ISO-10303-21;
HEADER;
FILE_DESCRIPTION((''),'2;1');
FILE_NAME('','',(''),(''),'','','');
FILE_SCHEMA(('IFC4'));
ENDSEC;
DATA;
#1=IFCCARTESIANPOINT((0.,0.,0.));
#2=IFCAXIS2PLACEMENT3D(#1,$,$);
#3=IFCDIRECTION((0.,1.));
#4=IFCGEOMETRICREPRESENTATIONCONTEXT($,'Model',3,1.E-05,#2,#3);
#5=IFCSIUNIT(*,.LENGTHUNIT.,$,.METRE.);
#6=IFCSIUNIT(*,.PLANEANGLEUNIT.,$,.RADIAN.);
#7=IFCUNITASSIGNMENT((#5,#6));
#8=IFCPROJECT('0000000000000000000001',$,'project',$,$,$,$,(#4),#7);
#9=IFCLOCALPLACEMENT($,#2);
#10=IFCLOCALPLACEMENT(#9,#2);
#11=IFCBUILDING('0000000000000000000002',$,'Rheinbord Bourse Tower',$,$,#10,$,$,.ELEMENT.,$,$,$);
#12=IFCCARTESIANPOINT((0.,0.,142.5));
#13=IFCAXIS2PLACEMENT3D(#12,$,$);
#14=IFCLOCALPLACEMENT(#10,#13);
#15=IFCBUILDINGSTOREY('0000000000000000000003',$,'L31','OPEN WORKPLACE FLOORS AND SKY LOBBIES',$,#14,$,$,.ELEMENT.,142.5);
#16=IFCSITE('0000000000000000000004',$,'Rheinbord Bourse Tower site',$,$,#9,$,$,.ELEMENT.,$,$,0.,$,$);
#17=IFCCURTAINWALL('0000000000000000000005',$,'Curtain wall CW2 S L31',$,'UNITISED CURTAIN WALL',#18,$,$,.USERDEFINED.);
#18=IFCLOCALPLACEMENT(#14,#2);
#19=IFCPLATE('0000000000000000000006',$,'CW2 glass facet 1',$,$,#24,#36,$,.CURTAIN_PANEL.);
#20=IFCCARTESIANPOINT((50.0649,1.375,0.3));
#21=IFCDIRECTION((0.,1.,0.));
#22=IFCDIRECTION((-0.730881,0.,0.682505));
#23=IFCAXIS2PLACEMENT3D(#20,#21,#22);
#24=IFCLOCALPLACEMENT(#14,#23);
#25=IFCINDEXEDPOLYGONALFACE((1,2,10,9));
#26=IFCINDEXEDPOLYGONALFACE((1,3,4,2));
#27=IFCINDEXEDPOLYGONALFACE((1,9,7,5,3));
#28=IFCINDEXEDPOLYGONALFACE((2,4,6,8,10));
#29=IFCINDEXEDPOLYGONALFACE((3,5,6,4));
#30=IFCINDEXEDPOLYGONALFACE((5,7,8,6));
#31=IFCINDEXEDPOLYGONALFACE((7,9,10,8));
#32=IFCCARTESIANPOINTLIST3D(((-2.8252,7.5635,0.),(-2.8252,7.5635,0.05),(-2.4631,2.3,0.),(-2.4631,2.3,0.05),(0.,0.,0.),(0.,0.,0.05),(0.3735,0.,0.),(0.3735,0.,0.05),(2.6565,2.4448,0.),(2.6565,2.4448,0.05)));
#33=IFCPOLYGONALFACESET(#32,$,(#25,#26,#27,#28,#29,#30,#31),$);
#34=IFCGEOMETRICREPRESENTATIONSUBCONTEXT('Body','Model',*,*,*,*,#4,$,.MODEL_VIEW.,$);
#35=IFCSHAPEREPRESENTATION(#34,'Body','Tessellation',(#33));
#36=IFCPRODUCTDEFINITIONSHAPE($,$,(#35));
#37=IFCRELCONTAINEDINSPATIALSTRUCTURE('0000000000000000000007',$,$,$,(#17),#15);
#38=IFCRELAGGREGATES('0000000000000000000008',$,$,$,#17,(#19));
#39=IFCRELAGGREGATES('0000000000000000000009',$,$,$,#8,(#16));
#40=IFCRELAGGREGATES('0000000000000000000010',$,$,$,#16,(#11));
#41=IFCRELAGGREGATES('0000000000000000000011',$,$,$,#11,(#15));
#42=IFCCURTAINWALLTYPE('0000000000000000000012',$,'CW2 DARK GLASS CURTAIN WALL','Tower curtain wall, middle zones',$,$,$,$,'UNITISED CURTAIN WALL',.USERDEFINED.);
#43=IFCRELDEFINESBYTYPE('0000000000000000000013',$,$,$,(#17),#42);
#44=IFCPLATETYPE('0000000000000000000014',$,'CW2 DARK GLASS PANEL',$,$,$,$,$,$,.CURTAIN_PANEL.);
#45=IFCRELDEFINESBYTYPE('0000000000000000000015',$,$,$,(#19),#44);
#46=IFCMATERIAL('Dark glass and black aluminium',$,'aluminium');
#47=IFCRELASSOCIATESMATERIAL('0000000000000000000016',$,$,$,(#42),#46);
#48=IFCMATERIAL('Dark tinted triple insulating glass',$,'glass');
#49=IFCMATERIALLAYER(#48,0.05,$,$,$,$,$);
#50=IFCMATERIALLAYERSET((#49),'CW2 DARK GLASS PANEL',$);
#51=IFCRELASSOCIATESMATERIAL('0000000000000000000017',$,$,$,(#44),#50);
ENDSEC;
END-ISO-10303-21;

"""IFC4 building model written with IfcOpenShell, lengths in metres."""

from ifc_helpers import new_model, si_unit, direction, frame, origin, place, context, subcontext, project, spatial, polyline, outline, extrude, material, layer, layer_set, type_object, element, aggregate, save


model = new_model("IFC4")

# Units and contexts
model_context = context("Model", 3, precision=1e-05, world=origin(), true_north=direction((0.0, 1.0)))
body_context = subcontext(model_context, "Body", "Model", "MODEL_VIEW")
ifc_project = project(units=[si_unit("LENGTHUNIT", "METRE"), si_unit("PLANEANGLEUNIT", "RADIAN")], contexts=[model_context])

# Site, building, storey
site_placement = place(None, origin())
site = spatial("IfcSite", under=ifc_project, at=site_placement, Name="Rheinbord Bourse Tower site", CompositionType="ELEMENT", RefElevation=0.0)
building_placement = place(site_placement, origin())
building = spatial("IfcBuilding", under=site, at=building_placement, Name="Rheinbord Bourse Tower", CompositionType="ELEMENT")
storey_placement = place(building_placement, frame((0.0, 0.0, 142.5)))
storey = spatial("IfcBuildingStorey", under=building, at=storey_placement, Name="L31", Description="OPEN WORKPLACE FLOORS AND SKY LOBBIES", CompositionType="ELEMENT", Elevation=142.5)

# Curtain wall
ifc_material_1 = material(Name="Dark glass and black aluminium", Category="aluminium")
curtain_wall_type = type_object("IfcCurtainWallType", Name="CW2 DARK GLASS CURTAIN WALL", Description="Tower curtain wall, middle zones", ElementType="UNITISED CURTAIN WALL", PredefinedType="USERDEFINED", material=ifc_material_1)
curtain_wall_placement = place(storey_placement, origin())
curtain_wall = element("IfcCurtainWall", 1, at=curtain_wall_placement, inside=storey, type_object=curtain_wall_type, Name="Curtain wall CW2 S L31", ObjectType="UNITISED CURTAIN WALL", PredefinedType="USERDEFINED")

# Plate
ifc_material_2 = material(Name="Dark tinted triple insulating glass", Category="glass")
ifc_layer_1 = layer(ifc_material_2, 0.05)
ifc_layer_set_1 = layer_set([ifc_layer_1], Name="CW2 DARK GLASS PANEL")
plate_type = type_object("IfcPlateType", Name="CW2 DARK GLASS PANEL", PredefinedType="CURTAIN_PANEL", material=ifc_layer_set_1)
plate_1_placement = place(storey_placement, frame((50.0649, 1.375, 0.3), z_axis=(0.0, 1.0, 0.0), x_axis=(-0.730881, 0.0, 0.682505)))
plate_1 = element("IfcPlate", 2, at=plate_1_placement, type_object=plate_type, Name="CW2 glass facet 1", PredefinedType="CURTAIN_PANEL", context=body_context, shape_type="SweptSolid", body=[
    extrude(outline(polyline([(0.0, 0.0), (0.3735, 0.0), (2.6565, 2.4448), (-2.8252, 7.5635), (-2.4631, 2.3), (0.0, 0.0)])), origin(), (0.0, 0.0, 1.0), 0.05),
])
aggregate(curtain_wall, [plate_1])

save(model, "model.ifc")
